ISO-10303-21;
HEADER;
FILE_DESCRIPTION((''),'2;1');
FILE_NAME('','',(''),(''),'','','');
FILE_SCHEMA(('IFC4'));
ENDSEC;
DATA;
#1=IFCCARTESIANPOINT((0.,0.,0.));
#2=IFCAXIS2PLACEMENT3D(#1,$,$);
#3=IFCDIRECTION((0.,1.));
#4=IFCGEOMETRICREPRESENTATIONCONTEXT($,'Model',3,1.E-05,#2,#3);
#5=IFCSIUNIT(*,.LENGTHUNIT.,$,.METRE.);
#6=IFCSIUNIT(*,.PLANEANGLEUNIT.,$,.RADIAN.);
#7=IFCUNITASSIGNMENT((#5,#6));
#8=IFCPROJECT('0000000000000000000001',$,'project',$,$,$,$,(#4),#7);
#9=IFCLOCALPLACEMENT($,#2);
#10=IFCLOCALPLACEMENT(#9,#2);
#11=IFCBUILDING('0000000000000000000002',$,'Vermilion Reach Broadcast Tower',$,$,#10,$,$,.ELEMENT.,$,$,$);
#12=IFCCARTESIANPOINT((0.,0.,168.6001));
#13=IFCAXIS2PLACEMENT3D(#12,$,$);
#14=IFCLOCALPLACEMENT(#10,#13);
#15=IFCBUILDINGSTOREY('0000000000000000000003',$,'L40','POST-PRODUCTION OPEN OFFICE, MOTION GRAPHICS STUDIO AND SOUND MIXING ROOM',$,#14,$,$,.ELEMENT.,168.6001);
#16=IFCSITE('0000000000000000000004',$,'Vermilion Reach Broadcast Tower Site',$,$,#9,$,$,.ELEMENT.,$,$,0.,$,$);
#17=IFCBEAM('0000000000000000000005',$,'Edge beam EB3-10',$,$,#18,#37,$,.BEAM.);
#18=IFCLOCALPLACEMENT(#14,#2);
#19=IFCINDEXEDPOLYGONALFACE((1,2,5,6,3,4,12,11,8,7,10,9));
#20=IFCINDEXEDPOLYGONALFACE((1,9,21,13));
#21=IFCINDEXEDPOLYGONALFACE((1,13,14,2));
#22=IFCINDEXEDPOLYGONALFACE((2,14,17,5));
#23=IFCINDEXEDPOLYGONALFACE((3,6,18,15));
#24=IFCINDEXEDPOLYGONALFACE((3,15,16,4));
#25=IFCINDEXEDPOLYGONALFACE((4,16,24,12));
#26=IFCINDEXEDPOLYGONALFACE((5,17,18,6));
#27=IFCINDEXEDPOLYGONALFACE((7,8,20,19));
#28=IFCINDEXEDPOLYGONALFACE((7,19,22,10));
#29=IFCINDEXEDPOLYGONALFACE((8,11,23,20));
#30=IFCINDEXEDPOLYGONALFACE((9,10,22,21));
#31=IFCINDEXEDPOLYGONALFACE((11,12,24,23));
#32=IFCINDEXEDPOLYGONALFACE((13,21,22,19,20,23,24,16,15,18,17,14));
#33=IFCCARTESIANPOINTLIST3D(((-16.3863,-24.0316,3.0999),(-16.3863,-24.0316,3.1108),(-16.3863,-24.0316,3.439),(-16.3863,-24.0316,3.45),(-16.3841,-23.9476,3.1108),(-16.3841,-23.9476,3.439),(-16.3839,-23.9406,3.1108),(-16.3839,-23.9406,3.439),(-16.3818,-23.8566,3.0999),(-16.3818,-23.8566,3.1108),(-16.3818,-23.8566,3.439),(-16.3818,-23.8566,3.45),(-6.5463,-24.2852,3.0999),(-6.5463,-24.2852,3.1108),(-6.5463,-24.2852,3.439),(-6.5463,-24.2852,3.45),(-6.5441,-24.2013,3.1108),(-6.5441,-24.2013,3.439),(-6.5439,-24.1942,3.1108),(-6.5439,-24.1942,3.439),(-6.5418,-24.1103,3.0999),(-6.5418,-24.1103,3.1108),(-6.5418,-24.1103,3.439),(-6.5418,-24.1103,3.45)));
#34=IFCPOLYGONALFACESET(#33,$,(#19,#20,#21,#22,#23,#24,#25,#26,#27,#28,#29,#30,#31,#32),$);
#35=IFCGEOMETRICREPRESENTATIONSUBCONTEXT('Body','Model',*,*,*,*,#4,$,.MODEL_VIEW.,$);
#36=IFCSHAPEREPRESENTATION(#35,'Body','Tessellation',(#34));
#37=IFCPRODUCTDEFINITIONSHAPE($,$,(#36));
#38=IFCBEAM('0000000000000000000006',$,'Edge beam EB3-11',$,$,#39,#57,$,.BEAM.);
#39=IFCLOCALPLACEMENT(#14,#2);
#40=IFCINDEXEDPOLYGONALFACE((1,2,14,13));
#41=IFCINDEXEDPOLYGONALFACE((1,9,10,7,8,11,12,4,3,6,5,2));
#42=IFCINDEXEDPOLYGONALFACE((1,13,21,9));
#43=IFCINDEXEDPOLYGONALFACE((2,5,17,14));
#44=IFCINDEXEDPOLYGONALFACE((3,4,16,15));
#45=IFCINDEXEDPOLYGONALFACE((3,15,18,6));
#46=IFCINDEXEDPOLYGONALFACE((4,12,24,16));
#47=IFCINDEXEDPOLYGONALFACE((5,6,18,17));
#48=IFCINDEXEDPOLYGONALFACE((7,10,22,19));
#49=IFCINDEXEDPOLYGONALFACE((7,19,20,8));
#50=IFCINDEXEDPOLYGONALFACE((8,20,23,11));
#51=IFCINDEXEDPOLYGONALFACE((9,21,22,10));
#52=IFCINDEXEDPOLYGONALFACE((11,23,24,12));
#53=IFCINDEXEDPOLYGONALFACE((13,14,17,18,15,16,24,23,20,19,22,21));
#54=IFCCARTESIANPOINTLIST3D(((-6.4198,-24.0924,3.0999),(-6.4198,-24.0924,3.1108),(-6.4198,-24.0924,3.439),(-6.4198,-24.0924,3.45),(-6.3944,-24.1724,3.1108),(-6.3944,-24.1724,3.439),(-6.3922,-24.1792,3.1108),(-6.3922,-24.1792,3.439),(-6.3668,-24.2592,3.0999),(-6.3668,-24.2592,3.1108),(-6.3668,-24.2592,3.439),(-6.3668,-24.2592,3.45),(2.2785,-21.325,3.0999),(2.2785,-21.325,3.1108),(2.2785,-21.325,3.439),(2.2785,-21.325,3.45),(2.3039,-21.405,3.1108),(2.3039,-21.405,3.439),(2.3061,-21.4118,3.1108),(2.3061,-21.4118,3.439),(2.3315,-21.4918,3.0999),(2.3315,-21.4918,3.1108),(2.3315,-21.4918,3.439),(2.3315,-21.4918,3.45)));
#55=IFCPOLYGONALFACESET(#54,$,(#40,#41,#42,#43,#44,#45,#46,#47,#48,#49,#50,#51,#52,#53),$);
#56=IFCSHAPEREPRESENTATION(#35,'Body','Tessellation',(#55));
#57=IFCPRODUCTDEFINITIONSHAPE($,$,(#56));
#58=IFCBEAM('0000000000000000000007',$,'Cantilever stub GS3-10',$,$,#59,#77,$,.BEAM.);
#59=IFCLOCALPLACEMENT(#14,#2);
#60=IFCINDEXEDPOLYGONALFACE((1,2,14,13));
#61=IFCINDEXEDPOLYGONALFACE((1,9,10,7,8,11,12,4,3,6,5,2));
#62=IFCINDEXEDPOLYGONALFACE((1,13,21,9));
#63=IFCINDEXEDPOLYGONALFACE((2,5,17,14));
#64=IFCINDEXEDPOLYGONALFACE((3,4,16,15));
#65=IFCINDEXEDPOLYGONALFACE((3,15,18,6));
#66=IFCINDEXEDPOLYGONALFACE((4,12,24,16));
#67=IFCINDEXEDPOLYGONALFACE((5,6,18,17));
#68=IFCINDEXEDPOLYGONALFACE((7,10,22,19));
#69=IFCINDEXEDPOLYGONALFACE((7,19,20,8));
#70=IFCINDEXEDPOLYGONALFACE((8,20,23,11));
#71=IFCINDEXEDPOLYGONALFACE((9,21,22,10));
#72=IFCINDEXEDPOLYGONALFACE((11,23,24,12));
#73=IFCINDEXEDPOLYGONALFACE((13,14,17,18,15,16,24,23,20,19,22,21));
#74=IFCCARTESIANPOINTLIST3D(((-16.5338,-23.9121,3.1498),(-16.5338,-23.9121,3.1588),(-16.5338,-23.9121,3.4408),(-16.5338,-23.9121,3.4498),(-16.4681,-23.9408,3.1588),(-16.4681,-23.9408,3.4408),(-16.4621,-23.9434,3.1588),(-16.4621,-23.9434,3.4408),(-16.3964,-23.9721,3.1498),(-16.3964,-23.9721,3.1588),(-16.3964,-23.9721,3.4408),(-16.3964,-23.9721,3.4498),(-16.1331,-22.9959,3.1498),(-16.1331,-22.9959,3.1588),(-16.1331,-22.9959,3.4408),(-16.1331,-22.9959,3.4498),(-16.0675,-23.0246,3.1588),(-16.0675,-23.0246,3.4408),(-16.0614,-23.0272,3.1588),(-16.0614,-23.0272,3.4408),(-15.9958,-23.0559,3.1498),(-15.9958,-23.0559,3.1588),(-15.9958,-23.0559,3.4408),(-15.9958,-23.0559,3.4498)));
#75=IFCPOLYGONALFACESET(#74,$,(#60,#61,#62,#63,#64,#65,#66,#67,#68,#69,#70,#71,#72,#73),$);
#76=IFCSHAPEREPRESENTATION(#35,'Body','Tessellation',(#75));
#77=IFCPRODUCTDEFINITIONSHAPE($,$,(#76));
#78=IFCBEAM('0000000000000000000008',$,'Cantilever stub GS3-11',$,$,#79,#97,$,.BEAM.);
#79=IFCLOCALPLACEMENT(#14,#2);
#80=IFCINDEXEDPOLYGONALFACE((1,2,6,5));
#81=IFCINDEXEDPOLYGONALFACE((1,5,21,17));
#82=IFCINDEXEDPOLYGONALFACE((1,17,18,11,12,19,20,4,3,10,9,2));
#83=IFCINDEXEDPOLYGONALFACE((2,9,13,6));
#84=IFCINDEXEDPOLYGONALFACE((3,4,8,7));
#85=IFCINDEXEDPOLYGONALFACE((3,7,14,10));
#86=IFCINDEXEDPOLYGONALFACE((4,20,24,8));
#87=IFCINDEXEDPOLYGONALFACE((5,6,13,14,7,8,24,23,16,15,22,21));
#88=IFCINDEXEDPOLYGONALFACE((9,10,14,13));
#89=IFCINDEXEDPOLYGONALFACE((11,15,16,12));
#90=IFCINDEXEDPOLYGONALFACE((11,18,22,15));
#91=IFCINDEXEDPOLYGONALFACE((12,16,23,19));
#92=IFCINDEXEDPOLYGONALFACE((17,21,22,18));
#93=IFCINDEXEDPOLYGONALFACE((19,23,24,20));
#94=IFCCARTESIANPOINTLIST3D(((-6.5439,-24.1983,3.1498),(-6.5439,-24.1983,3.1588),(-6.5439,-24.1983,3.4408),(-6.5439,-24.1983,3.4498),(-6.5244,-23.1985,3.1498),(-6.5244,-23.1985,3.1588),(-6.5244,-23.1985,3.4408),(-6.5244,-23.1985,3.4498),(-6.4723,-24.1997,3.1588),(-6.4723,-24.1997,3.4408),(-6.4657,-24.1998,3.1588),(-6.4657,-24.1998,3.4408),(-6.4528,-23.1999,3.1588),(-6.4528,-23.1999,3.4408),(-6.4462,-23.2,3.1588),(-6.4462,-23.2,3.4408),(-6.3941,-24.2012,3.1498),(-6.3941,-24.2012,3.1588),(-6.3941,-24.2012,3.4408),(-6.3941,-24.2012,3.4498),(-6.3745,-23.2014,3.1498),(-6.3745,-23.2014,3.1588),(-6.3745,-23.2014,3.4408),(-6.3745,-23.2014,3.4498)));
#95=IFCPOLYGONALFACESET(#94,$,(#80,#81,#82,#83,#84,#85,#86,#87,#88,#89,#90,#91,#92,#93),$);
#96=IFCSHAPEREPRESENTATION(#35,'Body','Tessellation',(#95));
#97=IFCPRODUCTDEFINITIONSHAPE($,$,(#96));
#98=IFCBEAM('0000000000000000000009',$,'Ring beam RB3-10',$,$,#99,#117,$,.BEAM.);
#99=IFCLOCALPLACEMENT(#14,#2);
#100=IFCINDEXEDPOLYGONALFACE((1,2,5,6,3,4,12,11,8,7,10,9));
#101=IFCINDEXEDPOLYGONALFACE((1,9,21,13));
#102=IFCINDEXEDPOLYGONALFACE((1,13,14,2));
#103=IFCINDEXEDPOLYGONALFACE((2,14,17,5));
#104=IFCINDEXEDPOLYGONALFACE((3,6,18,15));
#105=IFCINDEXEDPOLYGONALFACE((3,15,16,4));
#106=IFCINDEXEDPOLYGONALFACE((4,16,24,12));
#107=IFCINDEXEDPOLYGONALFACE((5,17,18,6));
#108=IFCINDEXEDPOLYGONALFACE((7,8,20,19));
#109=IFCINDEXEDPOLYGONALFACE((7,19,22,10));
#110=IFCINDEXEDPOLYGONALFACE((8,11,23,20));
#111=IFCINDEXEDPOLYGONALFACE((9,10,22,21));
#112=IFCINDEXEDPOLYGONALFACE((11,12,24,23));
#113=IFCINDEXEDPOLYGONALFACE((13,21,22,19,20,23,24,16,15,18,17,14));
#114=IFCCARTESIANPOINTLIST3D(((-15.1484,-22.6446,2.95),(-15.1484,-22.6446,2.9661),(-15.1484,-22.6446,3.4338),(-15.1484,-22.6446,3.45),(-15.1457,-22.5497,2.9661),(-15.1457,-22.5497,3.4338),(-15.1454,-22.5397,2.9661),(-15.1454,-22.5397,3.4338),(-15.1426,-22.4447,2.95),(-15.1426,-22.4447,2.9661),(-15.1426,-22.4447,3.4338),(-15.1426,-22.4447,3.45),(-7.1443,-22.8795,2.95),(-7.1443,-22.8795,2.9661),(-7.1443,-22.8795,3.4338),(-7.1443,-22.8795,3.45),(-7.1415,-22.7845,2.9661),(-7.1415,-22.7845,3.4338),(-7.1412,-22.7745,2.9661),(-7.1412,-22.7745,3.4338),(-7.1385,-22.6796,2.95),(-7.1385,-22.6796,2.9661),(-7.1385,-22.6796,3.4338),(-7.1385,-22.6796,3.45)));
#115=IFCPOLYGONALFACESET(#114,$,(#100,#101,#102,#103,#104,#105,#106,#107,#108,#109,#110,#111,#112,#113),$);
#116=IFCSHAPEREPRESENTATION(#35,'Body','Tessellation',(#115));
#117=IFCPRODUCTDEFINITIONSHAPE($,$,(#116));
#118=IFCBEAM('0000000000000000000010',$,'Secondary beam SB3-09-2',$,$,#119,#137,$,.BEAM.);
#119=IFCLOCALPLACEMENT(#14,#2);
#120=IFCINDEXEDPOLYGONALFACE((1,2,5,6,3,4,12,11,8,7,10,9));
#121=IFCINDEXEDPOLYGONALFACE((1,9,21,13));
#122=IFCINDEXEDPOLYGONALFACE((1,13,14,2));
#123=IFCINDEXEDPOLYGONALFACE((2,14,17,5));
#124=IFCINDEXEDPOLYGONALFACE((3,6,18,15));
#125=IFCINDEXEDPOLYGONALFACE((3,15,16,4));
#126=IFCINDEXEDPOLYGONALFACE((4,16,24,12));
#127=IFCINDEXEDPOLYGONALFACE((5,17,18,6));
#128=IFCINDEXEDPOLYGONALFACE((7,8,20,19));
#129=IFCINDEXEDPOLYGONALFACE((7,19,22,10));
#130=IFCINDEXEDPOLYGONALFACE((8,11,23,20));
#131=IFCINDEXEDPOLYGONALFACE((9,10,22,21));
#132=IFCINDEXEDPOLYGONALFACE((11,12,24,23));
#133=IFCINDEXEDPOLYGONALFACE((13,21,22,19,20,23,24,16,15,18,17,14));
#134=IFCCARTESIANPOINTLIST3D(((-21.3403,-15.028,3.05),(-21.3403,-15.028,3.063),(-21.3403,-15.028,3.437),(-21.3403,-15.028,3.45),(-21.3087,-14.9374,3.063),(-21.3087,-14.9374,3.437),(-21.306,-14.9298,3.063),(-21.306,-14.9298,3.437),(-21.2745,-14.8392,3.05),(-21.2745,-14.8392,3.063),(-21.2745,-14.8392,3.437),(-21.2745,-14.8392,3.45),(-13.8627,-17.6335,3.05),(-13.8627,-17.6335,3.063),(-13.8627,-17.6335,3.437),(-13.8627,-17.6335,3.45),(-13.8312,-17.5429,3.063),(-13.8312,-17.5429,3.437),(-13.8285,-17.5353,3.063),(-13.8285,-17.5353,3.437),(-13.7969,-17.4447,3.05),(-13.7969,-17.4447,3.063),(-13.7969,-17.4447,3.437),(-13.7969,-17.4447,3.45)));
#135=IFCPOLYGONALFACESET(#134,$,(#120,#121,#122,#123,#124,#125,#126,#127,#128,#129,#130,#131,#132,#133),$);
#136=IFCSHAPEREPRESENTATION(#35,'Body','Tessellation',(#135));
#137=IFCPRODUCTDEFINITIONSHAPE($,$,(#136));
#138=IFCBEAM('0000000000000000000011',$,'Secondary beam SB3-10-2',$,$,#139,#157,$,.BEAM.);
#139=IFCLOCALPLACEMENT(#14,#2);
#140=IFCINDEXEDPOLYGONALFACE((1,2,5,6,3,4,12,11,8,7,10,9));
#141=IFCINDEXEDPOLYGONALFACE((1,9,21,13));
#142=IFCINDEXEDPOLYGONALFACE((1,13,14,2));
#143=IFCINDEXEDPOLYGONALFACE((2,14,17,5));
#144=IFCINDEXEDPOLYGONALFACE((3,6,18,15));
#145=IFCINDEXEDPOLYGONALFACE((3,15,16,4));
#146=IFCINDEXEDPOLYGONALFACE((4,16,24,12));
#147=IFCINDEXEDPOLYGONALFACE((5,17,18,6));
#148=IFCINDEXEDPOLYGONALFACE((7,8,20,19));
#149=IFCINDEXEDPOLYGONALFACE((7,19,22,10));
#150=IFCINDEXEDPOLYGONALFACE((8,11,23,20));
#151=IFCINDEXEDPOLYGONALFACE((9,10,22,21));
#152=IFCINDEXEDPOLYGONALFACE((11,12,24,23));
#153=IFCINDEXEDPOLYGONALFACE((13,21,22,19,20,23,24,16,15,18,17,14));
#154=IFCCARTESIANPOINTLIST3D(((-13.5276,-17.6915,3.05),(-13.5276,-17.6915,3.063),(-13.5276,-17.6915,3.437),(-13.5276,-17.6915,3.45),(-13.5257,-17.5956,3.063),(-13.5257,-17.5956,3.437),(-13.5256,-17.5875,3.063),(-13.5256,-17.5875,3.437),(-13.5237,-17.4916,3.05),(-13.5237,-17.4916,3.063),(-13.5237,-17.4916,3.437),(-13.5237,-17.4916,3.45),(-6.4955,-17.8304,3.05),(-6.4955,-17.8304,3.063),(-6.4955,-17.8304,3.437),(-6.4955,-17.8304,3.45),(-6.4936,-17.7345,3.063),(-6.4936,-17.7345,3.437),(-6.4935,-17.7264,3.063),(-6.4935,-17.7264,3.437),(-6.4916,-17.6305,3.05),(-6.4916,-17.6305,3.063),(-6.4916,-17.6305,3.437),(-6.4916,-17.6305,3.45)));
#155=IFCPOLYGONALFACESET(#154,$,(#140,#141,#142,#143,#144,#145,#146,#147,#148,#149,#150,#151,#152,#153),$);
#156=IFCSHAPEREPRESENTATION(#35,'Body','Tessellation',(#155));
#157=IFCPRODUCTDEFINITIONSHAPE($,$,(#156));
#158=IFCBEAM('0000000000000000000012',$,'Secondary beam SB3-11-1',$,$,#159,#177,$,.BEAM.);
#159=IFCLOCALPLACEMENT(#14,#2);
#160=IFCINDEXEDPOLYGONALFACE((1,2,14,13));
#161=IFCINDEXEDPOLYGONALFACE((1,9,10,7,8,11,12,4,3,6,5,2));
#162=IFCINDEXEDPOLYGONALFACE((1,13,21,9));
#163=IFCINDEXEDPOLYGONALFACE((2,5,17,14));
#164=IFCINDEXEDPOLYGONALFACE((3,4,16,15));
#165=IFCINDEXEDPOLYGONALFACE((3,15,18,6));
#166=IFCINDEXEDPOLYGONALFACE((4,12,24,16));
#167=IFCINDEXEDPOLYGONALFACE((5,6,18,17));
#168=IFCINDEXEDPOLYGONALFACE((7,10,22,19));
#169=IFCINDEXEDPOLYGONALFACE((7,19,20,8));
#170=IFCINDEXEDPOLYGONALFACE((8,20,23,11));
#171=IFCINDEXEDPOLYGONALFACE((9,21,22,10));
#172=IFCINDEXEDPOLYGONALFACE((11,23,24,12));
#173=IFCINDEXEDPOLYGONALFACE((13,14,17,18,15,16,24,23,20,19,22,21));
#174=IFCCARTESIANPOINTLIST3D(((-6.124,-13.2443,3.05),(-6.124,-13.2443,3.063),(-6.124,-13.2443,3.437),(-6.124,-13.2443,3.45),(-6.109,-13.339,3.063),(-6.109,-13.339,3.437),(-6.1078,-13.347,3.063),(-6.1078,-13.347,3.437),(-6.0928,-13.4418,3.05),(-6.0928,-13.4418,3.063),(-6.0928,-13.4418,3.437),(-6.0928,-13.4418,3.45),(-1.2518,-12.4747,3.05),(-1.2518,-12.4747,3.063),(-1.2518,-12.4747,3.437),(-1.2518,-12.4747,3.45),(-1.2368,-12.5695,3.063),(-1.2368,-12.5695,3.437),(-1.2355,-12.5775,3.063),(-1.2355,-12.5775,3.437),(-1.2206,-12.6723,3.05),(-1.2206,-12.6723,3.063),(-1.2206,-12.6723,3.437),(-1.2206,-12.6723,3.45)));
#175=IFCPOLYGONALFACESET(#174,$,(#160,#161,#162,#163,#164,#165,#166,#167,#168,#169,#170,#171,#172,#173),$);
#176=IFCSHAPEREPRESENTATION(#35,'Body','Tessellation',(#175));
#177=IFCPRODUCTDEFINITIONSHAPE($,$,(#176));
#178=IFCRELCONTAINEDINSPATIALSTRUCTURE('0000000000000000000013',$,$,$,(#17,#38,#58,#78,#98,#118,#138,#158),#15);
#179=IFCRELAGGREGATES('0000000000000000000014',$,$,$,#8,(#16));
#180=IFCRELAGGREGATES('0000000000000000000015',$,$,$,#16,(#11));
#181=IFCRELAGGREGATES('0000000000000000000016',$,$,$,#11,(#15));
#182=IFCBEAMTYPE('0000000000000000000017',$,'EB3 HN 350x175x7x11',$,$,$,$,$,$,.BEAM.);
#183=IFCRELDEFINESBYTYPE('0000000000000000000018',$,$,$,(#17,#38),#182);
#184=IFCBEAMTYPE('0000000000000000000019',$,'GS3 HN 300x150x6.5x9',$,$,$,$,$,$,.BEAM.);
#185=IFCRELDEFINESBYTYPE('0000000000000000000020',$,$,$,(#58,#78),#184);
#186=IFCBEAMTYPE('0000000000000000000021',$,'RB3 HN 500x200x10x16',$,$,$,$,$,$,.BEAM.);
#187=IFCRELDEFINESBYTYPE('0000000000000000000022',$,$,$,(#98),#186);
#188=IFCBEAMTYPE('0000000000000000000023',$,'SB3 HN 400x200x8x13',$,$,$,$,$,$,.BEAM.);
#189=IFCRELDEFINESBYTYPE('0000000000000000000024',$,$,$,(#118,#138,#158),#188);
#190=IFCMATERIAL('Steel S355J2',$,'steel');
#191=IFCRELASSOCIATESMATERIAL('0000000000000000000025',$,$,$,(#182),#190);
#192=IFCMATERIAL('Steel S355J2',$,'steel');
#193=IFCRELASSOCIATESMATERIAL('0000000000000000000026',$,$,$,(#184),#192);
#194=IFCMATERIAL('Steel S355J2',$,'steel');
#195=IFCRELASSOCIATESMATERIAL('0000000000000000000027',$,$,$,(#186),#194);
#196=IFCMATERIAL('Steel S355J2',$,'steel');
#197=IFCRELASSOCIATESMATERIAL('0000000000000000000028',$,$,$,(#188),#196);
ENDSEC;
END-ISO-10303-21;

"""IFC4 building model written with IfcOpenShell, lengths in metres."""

from ifc_helpers import new_model, si_unit, direction, frame, origin, origin_2d, place, context, subcontext, project, spatial, i_section, extrude, material, material_profile, profile_set, type_object, element, save


model = new_model("IFC4")

# Units and contexts
model_context = context("Model", 3, precision=1e-05, world=origin(), true_north=direction((0.0, 1.0)))
body_context = subcontext(model_context, "Body", "Model", "MODEL_VIEW")
ifc_project = project(units=[si_unit("LENGTHUNIT", "METRE"), si_unit("PLANEANGLEUNIT", "RADIAN")], contexts=[model_context])

# Site, building, storey
site_placement = place(None, origin())
site = spatial("IfcSite", under=ifc_project, at=site_placement, Name="Vermilion Reach Broadcast Tower Site", CompositionType="ELEMENT", RefElevation=0.0)
building_placement = place(site_placement, origin())
building = spatial("IfcBuilding", under=site, at=building_placement, Name="Vermilion Reach Broadcast Tower", CompositionType="ELEMENT")
storey_placement = place(building_placement, frame((0.0, 0.0, 168.6001)))
storey = spatial("IfcBuildingStorey", under=building, at=storey_placement, Name="L40", Description="POST-PRODUCTION OPEN OFFICE, MOTION GRAPHICS STUDIO AND SOUND MIXING ROOM", CompositionType="ELEMENT", Elevation=168.6001)

# Beams
ifc_material_1 = material(Name="Steel S355J2", Category="steel")
ifc_material_profile_1 = material_profile(ifc_material_1, i_section(OverallWidth=0.175, OverallDepth=0.3501, WebThickness=0.0071, FlangeThickness=0.011, at=origin_2d()), Name="S355J2 HN 350x175x7x11")
ifc_profile_set_1 = profile_set([ifc_material_profile_1], Name="Steel S355J2")
beam_type_1 = type_object("IfcBeamType", Name="EB3 HN 350x175x7x11", PredefinedType="BEAM", material=ifc_profile_set_1)
beam_1_placement = place(storey_placement, frame((-16.384, -23.9441, 3.2749), z_axis=(0.999668, -0.02577, 0.0), x_axis=(0.02577, 0.999668, 0.0)))
element("IfcBeam", 1, at=beam_1_placement, inside=storey, type_object=beam_type_1, Name="Edge beam EB3-10", PredefinedType="BEAM", context=body_context, shape_type="SweptSolid", body=[
    extrude(i_section(OverallWidth=0.175, OverallDepth=0.3501, WebThickness=0.0071, FlangeThickness=0.011, at=origin_2d()), origin(), (0.0, 0.0, 1.0), 9.8433),
])
beam_2_placement = place(storey_placement, frame((-6.3933, -24.1758, 3.2749), z_axis=(0.952935, 0.303175, 0.0), x_axis=(-0.303175, 0.952935, 0.0)))
element("IfcBeam", 2, at=beam_2_placement, inside=storey, type_object=beam_type_1, Name="Edge beam EB3-11", PredefinedType="BEAM", context=body_context, shape_type="SweptSolid", body=[
    extrude(i_section(OverallWidth=0.175, OverallDepth=0.3501, WebThickness=0.0071, FlangeThickness=0.011, at=origin_2d()), origin(), (0.0, 0.0, 1.0), 9.1279),
])
ifc_material_2 = material(Name="Steel S355J2", Category="steel")
ifc_material_profile_2 = material_profile(ifc_material_2, i_section(OverallWidth=0.1499, OverallDepth=0.3, WebThickness=0.0066, FlangeThickness=0.009, at=origin_2d()), Name="S355J2 HN 300x150x6.5x9")
ifc_profile_set_2 = profile_set([ifc_material_profile_2], Name="Steel S355J2")
beam_type_2 = type_object("IfcBeamType", Name="GS3 HN 300x150x6.5x9", PredefinedType="BEAM", material=ifc_profile_set_2)
for number, where, z_axis, x_axis, name in (
    (3, (-16.0645, -23.0259, 3.2998), (-0.400627, -0.916241, 0.0), (0.916241, -0.400627, 0.0), "Cantilever stub GS3-10"),
    (4, (-6.4495, -23.2, 3.2998), (-0.019532, -0.999809, 0.0), (0.999809, -0.019532, 0.0), "Cantilever stub GS3-11"),
):
    element("IfcBeam", number, at=place(storey_placement, frame(where, z_axis=z_axis, x_axis=x_axis)), inside=storey, type_object=beam_type_2, Name=name, PredefinedType="BEAM", context=body_context, shape_type="SweptSolid", body=[
        extrude(i_section(OverallWidth=0.1499, OverallDepth=0.3, WebThickness=0.0066, FlangeThickness=0.009, at=origin_2d()), origin(), (0.0, 0.0, 1.0), 1.0),
    ])
ifc_material_3 = material(Name="Steel S355J2", Category="steel")
ifc_material_profile_3 = material_profile(ifc_material_3, i_section(OverallWidth=0.2, OverallDepth=0.5, WebThickness=0.01, FlangeThickness=0.0161, at=origin_2d()), Name="S355J2 HN 500x200x10x16")
ifc_profile_set_3 = profile_set([ifc_material_profile_3], Name="Steel S355J2")
beam_type_3 = type_object("IfcBeamType", Name="RB3 HN 500x200x10x16", PredefinedType="BEAM", material=ifc_profile_set_3)
beam_3_placement = place(storey_placement, frame((-15.1455, -22.5447, 3.2), z_axis=(0.99957, -0.02933, 0.0), x_axis=(0.02933, 0.99957, 0.0)))
element("IfcBeam", 5, at=beam_3_placement, inside=storey, type_object=beam_type_3, Name="Ring beam RB3-10", PredefinedType="BEAM", context=body_context, shape_type="SweptSolid", body=[
    extrude(i_section(OverallWidth=0.2, OverallDepth=0.5, WebThickness=0.01, FlangeThickness=0.0161, at=origin_2d()), origin(), (0.0, 0.0, 1.0), 8.0076),
])
ifc_material_4 = material(Name="Steel S355J2", Category="steel")
ifc_material_profile_4 = material_profile(ifc_material_4, i_section(OverallWidth=0.2, OverallDepth=0.3999, WebThickness=0.0081, FlangeThickness=0.0129, at=origin_2d()), Name="S355J2 HN 400x200x8x13")
ifc_profile_set_4 = profile_set([ifc_material_profile_4], Name="Steel S355J2")
beam_type_4 = type_object("IfcBeamType", Name="SB3 HN 400x200x8x13", PredefinedType="BEAM", material=ifc_profile_set_4)
beam_4_placement = place(storey_placement, frame((-21.3074, -14.9336, 3.25), z_axis=(0.944317, -0.329037, 0.0), x_axis=(0.329037, 0.944317, 0.0)))
element("IfcBeam", 6, at=beam_4_placement, inside=storey, type_object=beam_type_4, Name="Secondary beam SB3-09-2", PredefinedType="BEAM", context=body_context, shape_type="SweptSolid", body=[
    extrude(i_section(OverallWidth=0.2, OverallDepth=0.3999, WebThickness=0.0081, FlangeThickness=0.0129, at=origin_2d()), origin(), (0.0, 0.0, 1.0), 7.9185),
])
beam_5_placement = place(storey_placement, frame((-13.5256, -17.5916, 3.25), z_axis=(0.999805, -0.019751, 0.0), x_axis=(0.019751, 0.999805, 0.0)))
element("IfcBeam", 7, at=beam_5_placement, inside=storey, type_object=beam_type_4, Name="Secondary beam SB3-10-2", PredefinedType="BEAM", context=body_context, shape_type="SweptSolid", body=[
    extrude(i_section(OverallWidth=0.2, OverallDepth=0.3999, WebThickness=0.0081, FlangeThickness=0.0129, at=origin_2d()), origin(), (0.0, 0.0, 1.0), 7.0334),
])
beam_6_placement = place(storey_placement, frame((-6.1084, -13.343, 3.25), z_axis=(0.987756, 0.156006, 0.0), x_axis=(-0.156006, 0.987756, 0.0)))
element("IfcBeam", 8, at=beam_6_placement, inside=storey, type_object=beam_type_4, Name="Secondary beam SB3-11-1", PredefinedType="BEAM", context=body_context, shape_type="SweptSolid", body=[
    extrude(i_section(OverallWidth=0.2, OverallDepth=0.3999, WebThickness=0.0081, FlangeThickness=0.0129, at=origin_2d()), origin(), (0.0, 0.0, 1.0), 4.9326),
])

save(model, "model.ifc")
